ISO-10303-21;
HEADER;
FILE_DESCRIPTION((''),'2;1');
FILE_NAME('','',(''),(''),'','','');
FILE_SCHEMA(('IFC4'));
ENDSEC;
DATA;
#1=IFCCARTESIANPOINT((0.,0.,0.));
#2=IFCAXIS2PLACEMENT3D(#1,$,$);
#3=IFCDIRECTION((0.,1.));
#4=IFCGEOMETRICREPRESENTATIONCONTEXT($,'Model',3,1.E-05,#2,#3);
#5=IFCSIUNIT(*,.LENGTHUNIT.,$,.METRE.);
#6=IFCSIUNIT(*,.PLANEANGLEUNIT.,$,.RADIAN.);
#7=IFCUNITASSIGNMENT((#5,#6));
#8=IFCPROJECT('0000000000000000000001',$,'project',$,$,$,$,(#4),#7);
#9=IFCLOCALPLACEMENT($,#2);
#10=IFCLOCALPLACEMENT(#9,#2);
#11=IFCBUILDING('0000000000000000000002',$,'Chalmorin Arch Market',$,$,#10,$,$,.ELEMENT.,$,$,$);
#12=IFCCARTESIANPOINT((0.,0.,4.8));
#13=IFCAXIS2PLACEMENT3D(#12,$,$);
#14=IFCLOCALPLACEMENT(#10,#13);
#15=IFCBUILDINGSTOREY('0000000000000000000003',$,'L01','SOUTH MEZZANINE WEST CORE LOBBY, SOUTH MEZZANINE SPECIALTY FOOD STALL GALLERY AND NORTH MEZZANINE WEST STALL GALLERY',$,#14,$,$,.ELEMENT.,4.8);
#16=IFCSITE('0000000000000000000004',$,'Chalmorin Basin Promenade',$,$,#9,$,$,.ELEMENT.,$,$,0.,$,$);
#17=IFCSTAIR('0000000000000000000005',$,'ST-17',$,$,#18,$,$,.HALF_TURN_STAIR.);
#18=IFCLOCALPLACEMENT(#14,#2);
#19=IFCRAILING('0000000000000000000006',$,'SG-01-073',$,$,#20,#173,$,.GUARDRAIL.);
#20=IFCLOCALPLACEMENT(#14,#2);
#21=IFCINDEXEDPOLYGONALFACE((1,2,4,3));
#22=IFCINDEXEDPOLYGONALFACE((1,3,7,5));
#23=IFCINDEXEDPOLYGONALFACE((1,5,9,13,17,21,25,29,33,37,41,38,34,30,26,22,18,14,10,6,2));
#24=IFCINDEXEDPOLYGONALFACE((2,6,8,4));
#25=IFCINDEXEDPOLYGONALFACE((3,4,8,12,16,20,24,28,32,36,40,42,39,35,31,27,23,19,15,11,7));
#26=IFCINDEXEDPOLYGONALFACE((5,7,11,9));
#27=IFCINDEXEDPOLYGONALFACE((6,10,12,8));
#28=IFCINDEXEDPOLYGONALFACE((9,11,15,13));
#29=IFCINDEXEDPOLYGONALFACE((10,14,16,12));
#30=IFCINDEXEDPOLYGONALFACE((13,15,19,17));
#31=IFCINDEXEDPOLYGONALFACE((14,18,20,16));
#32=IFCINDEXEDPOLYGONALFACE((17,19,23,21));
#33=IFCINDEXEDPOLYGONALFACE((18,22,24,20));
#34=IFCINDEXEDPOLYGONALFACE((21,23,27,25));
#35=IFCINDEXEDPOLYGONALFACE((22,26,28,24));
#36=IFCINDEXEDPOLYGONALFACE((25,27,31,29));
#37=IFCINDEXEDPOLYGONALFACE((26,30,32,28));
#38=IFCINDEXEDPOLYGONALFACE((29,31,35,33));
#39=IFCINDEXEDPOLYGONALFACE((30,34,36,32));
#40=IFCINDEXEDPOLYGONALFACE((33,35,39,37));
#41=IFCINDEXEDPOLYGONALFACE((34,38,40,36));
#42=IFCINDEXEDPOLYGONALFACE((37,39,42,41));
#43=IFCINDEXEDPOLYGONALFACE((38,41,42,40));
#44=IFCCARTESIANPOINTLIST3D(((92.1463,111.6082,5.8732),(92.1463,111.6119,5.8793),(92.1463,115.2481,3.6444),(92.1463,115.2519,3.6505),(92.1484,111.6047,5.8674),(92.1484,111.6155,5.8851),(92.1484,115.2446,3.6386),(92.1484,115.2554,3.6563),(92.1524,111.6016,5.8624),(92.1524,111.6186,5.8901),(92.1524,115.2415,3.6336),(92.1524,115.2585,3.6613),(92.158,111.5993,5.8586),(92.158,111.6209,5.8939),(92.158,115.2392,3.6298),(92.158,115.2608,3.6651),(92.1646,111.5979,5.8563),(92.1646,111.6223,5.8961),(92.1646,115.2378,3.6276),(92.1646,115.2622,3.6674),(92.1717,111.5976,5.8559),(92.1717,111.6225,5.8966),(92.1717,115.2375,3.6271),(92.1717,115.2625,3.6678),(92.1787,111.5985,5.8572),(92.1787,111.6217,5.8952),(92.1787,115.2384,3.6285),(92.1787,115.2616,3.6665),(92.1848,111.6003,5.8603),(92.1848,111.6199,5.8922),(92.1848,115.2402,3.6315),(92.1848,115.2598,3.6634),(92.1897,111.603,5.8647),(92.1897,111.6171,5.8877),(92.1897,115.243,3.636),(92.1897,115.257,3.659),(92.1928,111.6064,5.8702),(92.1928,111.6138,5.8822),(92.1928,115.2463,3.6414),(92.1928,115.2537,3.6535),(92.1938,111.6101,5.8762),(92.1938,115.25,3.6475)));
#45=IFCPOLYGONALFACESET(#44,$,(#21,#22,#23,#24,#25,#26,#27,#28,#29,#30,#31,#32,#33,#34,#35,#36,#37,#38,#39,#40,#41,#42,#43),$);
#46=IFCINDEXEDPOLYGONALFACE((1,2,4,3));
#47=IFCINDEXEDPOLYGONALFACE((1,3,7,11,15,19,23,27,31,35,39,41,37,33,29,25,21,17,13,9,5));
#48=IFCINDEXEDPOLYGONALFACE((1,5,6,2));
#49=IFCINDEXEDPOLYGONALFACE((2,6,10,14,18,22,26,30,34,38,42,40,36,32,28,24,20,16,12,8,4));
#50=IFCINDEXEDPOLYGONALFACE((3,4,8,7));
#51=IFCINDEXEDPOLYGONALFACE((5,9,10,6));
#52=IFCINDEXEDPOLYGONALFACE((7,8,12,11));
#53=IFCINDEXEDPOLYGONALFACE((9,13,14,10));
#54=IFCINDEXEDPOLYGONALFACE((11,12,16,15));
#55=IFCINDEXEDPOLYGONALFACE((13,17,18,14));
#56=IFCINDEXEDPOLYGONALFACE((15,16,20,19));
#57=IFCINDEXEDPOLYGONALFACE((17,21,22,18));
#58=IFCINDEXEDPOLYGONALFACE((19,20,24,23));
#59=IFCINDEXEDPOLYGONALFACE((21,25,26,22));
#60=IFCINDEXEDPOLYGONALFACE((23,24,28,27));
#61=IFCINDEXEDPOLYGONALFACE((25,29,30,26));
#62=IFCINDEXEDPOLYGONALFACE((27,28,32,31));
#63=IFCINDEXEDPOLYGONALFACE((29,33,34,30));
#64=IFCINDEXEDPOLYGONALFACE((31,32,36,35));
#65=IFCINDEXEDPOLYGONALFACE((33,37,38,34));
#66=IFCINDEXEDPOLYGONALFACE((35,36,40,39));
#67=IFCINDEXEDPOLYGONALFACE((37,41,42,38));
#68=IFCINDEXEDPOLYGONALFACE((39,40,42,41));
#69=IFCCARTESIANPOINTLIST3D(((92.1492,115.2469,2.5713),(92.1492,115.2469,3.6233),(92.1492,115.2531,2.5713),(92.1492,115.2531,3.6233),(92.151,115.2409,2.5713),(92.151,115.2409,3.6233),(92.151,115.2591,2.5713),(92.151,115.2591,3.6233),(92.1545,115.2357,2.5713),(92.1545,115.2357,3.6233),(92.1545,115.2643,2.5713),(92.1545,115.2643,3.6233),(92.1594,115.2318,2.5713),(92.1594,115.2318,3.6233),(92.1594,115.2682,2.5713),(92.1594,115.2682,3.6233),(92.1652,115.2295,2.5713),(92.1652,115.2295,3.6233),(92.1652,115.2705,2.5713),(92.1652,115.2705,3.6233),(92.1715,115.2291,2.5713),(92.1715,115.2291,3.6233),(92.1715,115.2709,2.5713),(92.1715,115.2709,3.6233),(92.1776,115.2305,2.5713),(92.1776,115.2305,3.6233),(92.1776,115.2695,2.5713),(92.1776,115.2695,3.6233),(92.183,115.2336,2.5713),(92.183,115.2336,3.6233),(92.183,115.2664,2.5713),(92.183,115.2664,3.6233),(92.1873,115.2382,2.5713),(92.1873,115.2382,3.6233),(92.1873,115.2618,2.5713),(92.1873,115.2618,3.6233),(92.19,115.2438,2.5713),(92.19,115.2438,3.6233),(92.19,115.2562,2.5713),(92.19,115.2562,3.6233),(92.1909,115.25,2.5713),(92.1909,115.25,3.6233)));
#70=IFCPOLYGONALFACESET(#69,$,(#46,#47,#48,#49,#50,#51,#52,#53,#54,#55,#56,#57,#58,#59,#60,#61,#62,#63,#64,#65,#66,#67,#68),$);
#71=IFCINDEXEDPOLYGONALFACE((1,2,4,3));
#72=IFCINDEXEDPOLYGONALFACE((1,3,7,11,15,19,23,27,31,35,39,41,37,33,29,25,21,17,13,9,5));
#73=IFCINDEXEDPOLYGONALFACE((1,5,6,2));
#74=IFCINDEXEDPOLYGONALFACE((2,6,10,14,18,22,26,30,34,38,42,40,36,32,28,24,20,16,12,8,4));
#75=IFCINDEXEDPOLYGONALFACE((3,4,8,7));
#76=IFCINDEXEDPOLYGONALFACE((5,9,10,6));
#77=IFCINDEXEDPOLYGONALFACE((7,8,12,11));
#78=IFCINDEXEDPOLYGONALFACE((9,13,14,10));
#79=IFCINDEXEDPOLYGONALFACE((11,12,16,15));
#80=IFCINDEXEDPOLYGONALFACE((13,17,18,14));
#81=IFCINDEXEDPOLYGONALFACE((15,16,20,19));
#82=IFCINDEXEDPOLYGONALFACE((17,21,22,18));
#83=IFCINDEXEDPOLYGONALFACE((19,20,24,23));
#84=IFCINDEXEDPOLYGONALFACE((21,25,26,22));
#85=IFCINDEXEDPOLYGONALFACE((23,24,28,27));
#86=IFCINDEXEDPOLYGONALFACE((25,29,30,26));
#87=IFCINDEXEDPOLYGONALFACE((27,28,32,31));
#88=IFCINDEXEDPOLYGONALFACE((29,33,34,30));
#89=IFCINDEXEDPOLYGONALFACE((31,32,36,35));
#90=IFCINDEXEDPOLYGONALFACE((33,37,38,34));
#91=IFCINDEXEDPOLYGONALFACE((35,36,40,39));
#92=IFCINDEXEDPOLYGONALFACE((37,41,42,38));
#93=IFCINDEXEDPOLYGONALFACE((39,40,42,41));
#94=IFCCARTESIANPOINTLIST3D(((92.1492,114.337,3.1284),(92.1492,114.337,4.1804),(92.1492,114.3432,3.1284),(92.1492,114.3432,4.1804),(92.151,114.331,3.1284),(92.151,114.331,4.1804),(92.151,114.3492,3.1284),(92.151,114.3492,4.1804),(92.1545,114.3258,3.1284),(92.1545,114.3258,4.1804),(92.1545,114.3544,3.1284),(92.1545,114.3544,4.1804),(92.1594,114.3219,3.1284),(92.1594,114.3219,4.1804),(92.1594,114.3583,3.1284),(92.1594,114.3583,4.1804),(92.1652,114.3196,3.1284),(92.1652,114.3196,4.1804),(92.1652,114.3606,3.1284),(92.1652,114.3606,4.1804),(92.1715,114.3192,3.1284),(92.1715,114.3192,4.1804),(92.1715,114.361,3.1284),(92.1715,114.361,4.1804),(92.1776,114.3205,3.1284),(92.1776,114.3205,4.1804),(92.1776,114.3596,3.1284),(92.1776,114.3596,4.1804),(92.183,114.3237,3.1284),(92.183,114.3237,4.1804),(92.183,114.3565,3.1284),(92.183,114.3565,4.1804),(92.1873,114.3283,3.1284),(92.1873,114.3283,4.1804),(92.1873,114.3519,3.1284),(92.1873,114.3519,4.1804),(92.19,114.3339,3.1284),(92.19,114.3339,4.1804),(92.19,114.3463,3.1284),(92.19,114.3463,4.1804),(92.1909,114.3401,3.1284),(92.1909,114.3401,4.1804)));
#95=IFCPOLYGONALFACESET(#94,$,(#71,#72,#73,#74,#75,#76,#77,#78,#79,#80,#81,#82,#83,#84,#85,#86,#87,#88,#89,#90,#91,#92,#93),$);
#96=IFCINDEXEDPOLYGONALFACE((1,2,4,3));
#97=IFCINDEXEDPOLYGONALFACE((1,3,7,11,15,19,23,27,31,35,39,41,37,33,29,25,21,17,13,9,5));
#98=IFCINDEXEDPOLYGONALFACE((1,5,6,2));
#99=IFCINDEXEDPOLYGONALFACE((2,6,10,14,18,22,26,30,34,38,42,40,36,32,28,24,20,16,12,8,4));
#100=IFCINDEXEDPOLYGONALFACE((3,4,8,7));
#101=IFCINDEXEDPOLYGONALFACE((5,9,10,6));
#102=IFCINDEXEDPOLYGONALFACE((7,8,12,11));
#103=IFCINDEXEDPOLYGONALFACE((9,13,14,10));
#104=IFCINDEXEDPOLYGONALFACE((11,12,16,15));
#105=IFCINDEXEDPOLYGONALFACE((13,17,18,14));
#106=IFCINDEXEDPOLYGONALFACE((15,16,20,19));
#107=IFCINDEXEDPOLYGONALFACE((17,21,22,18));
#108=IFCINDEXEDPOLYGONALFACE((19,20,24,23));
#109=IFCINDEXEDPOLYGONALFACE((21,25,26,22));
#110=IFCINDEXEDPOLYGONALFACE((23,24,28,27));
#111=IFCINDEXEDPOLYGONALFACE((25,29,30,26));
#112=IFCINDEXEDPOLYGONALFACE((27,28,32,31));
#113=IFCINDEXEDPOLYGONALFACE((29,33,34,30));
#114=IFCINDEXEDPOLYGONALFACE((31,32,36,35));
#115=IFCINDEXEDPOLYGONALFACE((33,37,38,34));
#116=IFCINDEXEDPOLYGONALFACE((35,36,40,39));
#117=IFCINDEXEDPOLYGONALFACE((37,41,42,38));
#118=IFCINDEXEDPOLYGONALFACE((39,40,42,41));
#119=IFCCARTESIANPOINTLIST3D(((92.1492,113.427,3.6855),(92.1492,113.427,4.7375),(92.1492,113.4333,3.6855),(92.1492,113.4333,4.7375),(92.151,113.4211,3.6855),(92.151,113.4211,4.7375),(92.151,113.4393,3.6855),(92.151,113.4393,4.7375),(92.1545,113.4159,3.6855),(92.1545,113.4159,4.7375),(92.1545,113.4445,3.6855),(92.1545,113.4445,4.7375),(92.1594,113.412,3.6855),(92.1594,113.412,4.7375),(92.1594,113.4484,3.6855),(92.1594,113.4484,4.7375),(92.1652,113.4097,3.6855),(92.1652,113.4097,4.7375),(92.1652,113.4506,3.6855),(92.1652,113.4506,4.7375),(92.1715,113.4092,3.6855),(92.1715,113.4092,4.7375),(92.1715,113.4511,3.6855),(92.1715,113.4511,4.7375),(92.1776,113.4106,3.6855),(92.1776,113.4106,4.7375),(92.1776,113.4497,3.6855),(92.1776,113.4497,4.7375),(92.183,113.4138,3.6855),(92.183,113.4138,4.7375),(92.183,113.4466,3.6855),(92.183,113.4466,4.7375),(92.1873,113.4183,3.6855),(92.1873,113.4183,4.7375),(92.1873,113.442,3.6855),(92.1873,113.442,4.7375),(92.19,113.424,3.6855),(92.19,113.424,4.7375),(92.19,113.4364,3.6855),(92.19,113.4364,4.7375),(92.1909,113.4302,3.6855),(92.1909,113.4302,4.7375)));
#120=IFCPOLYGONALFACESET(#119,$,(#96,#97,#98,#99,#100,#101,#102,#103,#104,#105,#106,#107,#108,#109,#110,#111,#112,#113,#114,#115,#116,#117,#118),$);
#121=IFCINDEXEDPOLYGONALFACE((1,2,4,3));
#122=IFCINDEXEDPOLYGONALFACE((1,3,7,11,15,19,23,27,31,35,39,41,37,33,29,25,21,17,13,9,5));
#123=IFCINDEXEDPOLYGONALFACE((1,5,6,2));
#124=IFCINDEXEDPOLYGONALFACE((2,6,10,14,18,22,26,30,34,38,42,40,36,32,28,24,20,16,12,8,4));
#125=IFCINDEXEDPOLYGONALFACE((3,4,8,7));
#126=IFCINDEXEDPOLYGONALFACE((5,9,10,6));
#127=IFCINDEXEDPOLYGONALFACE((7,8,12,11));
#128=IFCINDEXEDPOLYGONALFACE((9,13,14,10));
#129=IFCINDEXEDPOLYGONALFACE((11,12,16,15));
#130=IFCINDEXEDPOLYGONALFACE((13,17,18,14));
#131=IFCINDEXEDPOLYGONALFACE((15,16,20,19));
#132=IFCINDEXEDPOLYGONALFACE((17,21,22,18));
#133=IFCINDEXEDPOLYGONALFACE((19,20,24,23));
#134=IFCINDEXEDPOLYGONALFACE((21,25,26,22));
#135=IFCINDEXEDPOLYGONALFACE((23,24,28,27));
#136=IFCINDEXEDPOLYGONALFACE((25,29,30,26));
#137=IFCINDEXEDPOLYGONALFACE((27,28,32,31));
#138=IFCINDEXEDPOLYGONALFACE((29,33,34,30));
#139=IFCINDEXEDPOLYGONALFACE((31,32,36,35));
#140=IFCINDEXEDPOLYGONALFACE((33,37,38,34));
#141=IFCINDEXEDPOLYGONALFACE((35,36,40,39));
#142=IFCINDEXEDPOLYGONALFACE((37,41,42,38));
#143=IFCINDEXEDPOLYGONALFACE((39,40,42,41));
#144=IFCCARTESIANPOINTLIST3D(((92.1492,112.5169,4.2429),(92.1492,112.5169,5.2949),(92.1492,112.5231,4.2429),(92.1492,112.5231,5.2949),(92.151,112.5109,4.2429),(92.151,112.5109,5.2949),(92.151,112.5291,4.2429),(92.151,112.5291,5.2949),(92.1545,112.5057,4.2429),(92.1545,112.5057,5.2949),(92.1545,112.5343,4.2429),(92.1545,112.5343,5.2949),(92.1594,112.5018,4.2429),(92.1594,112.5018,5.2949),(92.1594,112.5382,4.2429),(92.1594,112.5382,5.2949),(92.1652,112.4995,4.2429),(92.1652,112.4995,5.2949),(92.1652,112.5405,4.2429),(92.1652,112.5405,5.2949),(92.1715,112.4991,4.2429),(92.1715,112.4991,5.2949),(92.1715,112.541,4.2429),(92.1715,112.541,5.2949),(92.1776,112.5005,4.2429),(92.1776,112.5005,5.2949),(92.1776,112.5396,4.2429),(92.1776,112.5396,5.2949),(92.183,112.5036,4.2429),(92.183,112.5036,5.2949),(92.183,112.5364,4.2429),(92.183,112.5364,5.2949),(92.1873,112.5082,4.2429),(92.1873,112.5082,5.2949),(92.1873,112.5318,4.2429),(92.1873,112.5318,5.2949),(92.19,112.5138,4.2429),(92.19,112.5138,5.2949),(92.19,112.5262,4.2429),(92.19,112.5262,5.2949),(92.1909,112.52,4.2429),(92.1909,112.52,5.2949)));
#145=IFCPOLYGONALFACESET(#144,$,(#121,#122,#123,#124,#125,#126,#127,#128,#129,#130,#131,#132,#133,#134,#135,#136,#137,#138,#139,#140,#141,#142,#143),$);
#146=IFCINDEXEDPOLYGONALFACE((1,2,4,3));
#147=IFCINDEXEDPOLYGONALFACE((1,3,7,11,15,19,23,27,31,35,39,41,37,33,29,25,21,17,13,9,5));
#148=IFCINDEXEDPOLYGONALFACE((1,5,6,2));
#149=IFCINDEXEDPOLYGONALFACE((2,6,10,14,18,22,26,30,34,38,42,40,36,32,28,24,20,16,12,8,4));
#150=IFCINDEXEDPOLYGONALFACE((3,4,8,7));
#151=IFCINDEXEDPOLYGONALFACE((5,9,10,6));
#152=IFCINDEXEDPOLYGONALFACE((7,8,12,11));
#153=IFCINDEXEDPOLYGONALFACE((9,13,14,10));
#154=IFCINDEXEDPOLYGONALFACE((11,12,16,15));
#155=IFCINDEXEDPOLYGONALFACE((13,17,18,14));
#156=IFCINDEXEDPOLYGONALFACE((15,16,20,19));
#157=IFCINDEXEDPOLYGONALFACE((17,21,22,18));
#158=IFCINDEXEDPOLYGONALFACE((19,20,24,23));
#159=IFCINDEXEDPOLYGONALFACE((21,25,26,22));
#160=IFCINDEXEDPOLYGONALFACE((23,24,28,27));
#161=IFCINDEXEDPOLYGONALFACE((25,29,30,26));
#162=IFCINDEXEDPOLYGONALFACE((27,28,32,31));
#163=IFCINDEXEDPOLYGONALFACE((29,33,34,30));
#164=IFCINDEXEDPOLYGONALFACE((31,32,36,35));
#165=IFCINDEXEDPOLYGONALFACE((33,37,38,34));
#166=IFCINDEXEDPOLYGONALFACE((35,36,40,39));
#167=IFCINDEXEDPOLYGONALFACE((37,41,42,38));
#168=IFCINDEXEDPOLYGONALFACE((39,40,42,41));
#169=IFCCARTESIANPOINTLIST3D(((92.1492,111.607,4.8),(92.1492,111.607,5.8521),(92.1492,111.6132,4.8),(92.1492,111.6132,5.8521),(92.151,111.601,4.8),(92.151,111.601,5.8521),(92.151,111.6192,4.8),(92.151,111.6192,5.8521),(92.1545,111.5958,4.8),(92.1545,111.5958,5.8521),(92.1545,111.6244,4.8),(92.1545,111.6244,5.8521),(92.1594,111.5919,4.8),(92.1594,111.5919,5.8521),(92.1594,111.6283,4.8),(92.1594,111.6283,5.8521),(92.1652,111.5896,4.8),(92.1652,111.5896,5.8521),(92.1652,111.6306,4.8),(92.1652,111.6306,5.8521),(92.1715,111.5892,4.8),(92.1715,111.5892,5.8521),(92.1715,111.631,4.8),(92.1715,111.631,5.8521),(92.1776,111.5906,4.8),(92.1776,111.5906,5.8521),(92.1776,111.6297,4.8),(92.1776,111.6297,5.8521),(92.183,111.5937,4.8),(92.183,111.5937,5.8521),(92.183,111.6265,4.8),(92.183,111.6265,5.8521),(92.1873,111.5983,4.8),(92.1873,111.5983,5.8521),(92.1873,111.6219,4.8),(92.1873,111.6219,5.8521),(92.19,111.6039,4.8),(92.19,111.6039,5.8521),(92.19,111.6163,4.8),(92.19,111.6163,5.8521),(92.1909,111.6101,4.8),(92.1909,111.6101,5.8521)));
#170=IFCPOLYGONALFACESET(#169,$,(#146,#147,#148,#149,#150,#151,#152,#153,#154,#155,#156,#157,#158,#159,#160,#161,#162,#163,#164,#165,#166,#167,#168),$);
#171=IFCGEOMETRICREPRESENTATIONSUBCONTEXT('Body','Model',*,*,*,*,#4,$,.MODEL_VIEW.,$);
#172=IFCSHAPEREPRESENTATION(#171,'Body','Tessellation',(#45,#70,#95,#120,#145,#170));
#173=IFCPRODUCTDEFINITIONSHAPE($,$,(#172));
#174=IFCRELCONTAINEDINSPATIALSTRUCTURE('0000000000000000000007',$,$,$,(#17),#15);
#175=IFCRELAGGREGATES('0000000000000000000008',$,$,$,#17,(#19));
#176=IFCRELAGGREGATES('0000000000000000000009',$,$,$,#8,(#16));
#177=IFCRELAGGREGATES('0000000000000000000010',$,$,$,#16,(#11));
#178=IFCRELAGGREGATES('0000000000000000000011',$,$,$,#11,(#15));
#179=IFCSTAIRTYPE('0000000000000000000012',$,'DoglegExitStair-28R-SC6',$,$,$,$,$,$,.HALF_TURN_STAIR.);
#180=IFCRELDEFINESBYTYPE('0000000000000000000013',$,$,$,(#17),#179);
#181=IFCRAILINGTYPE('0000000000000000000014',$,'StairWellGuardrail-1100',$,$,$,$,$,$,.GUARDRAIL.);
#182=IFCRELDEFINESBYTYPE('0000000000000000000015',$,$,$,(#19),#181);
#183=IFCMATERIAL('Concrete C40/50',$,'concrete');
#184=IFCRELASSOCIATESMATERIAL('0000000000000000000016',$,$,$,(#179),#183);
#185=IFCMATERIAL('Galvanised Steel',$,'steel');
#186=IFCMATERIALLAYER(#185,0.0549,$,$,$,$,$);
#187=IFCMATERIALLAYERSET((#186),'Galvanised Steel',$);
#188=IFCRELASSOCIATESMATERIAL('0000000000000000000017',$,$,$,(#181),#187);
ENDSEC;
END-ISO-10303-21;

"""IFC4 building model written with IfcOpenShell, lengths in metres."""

from ifc_helpers import new_model, si_unit, direction, frame, origin, origin_2d, place, context, subcontext, project, spatial, circle, extrude, material, layer, layer_set, type_object, element, aggregate, save


model = new_model("IFC4")

# Units and contexts
model_context = context("Model", 3, precision=1e-05, world=origin(), true_north=direction((0.0, 1.0)))
body_context = subcontext(model_context, "Body", "Model", "MODEL_VIEW")
ifc_project = project(units=[si_unit("LENGTHUNIT", "METRE"), si_unit("PLANEANGLEUNIT", "RADIAN")], contexts=[model_context])

# Site, building, storey
site_placement = place(None, origin())
site = spatial("IfcSite", under=ifc_project, at=site_placement, Name="Chalmorin Basin Promenade", CompositionType="ELEMENT", RefElevation=0.0)
building_placement = place(site_placement, origin())
building = spatial("IfcBuilding", under=site, at=building_placement, Name="Chalmorin Arch Market", CompositionType="ELEMENT")
storey_placement = place(building_placement, frame((0.0, 0.0, 4.8)))
storey = spatial("IfcBuildingStorey", under=building, at=storey_placement, Name="L01", Description="SOUTH MEZZANINE WEST CORE LOBBY, SOUTH MEZZANINE SPECIALTY FOOD STALL GALLERY AND NORTH MEZZANINE WEST STALL GALLERY", CompositionType="ELEMENT", Elevation=4.8)

# Shared definitions
ifc_material_1 = material(Name="Concrete C40/50", Category="concrete")

# Shared definitions
ifc_material_2 = material(Name="Galvanised Steel", Category="steel")

# Stair, railing
stair_type = type_object("IfcStairType", Name="DoglegExitStair-28R-SC6", PredefinedType="HALF_TURN_STAIR", material=ifc_material_1)
stair_placement = place(storey_placement, origin())
stair = element("IfcStair", 1, at=stair_placement, inside=storey, type_object=stair_type, Name="ST-17", PredefinedType="HALF_TURN_STAIR")
ifc_layer_1 = layer(ifc_material_2, 0.0549)
ifc_layer_set_1 = layer_set([ifc_layer_1], Name="Galvanised Steel")
railing_type_1 = type_object("IfcRailingType", Name="StairWellGuardrail-1100", PredefinedType="GUARDRAIL", material=ifc_layer_set_1)
railing_1_placement = place(storey_placement, frame((92.1699, 115.25, 2.5713)))
railing_1 = element("IfcRailing", 2, at=railing_1_placement, type_object=railing_type_1, Name="SG-01-073", PredefinedType="GUARDRAIL", context=body_context, shape_type="SweptSolid", body=[
    extrude(circle(Radius=0.0239, at=origin_2d()), frame((0.0, 0.0, 1.0762), z_axis=(0.0, -0.852825, 0.522197), x_axis=(1.0, 0.0, 0.0)), (0.0, 0.0, 1.0), 4.2681),
    extrude(circle(Radius=0.021, at=origin_2d()), origin(), (0.0, 0.0, 1.0), 1.052),
    extrude(circle(Radius=0.021, at=origin_2d()), frame((0.0, -0.9099, 0.5571)), (0.0, 0.0, 1.0), 1.052),
    extrude(circle(Radius=0.021, at=origin_2d()), frame((0.0, -1.8198, 1.1143)), (0.0, 0.0, 1.0), 1.052),
    extrude(circle(Radius=0.021, at=origin_2d()), frame((0.0, -2.73, 1.6716)), (0.0, 0.0, 1.0), 1.052),
    extrude(circle(Radius=0.021, at=origin_2d()), frame((0.0, -3.6399, 2.2288)), (0.0, 0.0, 1.0), 1.052),
])
aggregate(stair, [railing_1])

save(model, "model.ifc")
